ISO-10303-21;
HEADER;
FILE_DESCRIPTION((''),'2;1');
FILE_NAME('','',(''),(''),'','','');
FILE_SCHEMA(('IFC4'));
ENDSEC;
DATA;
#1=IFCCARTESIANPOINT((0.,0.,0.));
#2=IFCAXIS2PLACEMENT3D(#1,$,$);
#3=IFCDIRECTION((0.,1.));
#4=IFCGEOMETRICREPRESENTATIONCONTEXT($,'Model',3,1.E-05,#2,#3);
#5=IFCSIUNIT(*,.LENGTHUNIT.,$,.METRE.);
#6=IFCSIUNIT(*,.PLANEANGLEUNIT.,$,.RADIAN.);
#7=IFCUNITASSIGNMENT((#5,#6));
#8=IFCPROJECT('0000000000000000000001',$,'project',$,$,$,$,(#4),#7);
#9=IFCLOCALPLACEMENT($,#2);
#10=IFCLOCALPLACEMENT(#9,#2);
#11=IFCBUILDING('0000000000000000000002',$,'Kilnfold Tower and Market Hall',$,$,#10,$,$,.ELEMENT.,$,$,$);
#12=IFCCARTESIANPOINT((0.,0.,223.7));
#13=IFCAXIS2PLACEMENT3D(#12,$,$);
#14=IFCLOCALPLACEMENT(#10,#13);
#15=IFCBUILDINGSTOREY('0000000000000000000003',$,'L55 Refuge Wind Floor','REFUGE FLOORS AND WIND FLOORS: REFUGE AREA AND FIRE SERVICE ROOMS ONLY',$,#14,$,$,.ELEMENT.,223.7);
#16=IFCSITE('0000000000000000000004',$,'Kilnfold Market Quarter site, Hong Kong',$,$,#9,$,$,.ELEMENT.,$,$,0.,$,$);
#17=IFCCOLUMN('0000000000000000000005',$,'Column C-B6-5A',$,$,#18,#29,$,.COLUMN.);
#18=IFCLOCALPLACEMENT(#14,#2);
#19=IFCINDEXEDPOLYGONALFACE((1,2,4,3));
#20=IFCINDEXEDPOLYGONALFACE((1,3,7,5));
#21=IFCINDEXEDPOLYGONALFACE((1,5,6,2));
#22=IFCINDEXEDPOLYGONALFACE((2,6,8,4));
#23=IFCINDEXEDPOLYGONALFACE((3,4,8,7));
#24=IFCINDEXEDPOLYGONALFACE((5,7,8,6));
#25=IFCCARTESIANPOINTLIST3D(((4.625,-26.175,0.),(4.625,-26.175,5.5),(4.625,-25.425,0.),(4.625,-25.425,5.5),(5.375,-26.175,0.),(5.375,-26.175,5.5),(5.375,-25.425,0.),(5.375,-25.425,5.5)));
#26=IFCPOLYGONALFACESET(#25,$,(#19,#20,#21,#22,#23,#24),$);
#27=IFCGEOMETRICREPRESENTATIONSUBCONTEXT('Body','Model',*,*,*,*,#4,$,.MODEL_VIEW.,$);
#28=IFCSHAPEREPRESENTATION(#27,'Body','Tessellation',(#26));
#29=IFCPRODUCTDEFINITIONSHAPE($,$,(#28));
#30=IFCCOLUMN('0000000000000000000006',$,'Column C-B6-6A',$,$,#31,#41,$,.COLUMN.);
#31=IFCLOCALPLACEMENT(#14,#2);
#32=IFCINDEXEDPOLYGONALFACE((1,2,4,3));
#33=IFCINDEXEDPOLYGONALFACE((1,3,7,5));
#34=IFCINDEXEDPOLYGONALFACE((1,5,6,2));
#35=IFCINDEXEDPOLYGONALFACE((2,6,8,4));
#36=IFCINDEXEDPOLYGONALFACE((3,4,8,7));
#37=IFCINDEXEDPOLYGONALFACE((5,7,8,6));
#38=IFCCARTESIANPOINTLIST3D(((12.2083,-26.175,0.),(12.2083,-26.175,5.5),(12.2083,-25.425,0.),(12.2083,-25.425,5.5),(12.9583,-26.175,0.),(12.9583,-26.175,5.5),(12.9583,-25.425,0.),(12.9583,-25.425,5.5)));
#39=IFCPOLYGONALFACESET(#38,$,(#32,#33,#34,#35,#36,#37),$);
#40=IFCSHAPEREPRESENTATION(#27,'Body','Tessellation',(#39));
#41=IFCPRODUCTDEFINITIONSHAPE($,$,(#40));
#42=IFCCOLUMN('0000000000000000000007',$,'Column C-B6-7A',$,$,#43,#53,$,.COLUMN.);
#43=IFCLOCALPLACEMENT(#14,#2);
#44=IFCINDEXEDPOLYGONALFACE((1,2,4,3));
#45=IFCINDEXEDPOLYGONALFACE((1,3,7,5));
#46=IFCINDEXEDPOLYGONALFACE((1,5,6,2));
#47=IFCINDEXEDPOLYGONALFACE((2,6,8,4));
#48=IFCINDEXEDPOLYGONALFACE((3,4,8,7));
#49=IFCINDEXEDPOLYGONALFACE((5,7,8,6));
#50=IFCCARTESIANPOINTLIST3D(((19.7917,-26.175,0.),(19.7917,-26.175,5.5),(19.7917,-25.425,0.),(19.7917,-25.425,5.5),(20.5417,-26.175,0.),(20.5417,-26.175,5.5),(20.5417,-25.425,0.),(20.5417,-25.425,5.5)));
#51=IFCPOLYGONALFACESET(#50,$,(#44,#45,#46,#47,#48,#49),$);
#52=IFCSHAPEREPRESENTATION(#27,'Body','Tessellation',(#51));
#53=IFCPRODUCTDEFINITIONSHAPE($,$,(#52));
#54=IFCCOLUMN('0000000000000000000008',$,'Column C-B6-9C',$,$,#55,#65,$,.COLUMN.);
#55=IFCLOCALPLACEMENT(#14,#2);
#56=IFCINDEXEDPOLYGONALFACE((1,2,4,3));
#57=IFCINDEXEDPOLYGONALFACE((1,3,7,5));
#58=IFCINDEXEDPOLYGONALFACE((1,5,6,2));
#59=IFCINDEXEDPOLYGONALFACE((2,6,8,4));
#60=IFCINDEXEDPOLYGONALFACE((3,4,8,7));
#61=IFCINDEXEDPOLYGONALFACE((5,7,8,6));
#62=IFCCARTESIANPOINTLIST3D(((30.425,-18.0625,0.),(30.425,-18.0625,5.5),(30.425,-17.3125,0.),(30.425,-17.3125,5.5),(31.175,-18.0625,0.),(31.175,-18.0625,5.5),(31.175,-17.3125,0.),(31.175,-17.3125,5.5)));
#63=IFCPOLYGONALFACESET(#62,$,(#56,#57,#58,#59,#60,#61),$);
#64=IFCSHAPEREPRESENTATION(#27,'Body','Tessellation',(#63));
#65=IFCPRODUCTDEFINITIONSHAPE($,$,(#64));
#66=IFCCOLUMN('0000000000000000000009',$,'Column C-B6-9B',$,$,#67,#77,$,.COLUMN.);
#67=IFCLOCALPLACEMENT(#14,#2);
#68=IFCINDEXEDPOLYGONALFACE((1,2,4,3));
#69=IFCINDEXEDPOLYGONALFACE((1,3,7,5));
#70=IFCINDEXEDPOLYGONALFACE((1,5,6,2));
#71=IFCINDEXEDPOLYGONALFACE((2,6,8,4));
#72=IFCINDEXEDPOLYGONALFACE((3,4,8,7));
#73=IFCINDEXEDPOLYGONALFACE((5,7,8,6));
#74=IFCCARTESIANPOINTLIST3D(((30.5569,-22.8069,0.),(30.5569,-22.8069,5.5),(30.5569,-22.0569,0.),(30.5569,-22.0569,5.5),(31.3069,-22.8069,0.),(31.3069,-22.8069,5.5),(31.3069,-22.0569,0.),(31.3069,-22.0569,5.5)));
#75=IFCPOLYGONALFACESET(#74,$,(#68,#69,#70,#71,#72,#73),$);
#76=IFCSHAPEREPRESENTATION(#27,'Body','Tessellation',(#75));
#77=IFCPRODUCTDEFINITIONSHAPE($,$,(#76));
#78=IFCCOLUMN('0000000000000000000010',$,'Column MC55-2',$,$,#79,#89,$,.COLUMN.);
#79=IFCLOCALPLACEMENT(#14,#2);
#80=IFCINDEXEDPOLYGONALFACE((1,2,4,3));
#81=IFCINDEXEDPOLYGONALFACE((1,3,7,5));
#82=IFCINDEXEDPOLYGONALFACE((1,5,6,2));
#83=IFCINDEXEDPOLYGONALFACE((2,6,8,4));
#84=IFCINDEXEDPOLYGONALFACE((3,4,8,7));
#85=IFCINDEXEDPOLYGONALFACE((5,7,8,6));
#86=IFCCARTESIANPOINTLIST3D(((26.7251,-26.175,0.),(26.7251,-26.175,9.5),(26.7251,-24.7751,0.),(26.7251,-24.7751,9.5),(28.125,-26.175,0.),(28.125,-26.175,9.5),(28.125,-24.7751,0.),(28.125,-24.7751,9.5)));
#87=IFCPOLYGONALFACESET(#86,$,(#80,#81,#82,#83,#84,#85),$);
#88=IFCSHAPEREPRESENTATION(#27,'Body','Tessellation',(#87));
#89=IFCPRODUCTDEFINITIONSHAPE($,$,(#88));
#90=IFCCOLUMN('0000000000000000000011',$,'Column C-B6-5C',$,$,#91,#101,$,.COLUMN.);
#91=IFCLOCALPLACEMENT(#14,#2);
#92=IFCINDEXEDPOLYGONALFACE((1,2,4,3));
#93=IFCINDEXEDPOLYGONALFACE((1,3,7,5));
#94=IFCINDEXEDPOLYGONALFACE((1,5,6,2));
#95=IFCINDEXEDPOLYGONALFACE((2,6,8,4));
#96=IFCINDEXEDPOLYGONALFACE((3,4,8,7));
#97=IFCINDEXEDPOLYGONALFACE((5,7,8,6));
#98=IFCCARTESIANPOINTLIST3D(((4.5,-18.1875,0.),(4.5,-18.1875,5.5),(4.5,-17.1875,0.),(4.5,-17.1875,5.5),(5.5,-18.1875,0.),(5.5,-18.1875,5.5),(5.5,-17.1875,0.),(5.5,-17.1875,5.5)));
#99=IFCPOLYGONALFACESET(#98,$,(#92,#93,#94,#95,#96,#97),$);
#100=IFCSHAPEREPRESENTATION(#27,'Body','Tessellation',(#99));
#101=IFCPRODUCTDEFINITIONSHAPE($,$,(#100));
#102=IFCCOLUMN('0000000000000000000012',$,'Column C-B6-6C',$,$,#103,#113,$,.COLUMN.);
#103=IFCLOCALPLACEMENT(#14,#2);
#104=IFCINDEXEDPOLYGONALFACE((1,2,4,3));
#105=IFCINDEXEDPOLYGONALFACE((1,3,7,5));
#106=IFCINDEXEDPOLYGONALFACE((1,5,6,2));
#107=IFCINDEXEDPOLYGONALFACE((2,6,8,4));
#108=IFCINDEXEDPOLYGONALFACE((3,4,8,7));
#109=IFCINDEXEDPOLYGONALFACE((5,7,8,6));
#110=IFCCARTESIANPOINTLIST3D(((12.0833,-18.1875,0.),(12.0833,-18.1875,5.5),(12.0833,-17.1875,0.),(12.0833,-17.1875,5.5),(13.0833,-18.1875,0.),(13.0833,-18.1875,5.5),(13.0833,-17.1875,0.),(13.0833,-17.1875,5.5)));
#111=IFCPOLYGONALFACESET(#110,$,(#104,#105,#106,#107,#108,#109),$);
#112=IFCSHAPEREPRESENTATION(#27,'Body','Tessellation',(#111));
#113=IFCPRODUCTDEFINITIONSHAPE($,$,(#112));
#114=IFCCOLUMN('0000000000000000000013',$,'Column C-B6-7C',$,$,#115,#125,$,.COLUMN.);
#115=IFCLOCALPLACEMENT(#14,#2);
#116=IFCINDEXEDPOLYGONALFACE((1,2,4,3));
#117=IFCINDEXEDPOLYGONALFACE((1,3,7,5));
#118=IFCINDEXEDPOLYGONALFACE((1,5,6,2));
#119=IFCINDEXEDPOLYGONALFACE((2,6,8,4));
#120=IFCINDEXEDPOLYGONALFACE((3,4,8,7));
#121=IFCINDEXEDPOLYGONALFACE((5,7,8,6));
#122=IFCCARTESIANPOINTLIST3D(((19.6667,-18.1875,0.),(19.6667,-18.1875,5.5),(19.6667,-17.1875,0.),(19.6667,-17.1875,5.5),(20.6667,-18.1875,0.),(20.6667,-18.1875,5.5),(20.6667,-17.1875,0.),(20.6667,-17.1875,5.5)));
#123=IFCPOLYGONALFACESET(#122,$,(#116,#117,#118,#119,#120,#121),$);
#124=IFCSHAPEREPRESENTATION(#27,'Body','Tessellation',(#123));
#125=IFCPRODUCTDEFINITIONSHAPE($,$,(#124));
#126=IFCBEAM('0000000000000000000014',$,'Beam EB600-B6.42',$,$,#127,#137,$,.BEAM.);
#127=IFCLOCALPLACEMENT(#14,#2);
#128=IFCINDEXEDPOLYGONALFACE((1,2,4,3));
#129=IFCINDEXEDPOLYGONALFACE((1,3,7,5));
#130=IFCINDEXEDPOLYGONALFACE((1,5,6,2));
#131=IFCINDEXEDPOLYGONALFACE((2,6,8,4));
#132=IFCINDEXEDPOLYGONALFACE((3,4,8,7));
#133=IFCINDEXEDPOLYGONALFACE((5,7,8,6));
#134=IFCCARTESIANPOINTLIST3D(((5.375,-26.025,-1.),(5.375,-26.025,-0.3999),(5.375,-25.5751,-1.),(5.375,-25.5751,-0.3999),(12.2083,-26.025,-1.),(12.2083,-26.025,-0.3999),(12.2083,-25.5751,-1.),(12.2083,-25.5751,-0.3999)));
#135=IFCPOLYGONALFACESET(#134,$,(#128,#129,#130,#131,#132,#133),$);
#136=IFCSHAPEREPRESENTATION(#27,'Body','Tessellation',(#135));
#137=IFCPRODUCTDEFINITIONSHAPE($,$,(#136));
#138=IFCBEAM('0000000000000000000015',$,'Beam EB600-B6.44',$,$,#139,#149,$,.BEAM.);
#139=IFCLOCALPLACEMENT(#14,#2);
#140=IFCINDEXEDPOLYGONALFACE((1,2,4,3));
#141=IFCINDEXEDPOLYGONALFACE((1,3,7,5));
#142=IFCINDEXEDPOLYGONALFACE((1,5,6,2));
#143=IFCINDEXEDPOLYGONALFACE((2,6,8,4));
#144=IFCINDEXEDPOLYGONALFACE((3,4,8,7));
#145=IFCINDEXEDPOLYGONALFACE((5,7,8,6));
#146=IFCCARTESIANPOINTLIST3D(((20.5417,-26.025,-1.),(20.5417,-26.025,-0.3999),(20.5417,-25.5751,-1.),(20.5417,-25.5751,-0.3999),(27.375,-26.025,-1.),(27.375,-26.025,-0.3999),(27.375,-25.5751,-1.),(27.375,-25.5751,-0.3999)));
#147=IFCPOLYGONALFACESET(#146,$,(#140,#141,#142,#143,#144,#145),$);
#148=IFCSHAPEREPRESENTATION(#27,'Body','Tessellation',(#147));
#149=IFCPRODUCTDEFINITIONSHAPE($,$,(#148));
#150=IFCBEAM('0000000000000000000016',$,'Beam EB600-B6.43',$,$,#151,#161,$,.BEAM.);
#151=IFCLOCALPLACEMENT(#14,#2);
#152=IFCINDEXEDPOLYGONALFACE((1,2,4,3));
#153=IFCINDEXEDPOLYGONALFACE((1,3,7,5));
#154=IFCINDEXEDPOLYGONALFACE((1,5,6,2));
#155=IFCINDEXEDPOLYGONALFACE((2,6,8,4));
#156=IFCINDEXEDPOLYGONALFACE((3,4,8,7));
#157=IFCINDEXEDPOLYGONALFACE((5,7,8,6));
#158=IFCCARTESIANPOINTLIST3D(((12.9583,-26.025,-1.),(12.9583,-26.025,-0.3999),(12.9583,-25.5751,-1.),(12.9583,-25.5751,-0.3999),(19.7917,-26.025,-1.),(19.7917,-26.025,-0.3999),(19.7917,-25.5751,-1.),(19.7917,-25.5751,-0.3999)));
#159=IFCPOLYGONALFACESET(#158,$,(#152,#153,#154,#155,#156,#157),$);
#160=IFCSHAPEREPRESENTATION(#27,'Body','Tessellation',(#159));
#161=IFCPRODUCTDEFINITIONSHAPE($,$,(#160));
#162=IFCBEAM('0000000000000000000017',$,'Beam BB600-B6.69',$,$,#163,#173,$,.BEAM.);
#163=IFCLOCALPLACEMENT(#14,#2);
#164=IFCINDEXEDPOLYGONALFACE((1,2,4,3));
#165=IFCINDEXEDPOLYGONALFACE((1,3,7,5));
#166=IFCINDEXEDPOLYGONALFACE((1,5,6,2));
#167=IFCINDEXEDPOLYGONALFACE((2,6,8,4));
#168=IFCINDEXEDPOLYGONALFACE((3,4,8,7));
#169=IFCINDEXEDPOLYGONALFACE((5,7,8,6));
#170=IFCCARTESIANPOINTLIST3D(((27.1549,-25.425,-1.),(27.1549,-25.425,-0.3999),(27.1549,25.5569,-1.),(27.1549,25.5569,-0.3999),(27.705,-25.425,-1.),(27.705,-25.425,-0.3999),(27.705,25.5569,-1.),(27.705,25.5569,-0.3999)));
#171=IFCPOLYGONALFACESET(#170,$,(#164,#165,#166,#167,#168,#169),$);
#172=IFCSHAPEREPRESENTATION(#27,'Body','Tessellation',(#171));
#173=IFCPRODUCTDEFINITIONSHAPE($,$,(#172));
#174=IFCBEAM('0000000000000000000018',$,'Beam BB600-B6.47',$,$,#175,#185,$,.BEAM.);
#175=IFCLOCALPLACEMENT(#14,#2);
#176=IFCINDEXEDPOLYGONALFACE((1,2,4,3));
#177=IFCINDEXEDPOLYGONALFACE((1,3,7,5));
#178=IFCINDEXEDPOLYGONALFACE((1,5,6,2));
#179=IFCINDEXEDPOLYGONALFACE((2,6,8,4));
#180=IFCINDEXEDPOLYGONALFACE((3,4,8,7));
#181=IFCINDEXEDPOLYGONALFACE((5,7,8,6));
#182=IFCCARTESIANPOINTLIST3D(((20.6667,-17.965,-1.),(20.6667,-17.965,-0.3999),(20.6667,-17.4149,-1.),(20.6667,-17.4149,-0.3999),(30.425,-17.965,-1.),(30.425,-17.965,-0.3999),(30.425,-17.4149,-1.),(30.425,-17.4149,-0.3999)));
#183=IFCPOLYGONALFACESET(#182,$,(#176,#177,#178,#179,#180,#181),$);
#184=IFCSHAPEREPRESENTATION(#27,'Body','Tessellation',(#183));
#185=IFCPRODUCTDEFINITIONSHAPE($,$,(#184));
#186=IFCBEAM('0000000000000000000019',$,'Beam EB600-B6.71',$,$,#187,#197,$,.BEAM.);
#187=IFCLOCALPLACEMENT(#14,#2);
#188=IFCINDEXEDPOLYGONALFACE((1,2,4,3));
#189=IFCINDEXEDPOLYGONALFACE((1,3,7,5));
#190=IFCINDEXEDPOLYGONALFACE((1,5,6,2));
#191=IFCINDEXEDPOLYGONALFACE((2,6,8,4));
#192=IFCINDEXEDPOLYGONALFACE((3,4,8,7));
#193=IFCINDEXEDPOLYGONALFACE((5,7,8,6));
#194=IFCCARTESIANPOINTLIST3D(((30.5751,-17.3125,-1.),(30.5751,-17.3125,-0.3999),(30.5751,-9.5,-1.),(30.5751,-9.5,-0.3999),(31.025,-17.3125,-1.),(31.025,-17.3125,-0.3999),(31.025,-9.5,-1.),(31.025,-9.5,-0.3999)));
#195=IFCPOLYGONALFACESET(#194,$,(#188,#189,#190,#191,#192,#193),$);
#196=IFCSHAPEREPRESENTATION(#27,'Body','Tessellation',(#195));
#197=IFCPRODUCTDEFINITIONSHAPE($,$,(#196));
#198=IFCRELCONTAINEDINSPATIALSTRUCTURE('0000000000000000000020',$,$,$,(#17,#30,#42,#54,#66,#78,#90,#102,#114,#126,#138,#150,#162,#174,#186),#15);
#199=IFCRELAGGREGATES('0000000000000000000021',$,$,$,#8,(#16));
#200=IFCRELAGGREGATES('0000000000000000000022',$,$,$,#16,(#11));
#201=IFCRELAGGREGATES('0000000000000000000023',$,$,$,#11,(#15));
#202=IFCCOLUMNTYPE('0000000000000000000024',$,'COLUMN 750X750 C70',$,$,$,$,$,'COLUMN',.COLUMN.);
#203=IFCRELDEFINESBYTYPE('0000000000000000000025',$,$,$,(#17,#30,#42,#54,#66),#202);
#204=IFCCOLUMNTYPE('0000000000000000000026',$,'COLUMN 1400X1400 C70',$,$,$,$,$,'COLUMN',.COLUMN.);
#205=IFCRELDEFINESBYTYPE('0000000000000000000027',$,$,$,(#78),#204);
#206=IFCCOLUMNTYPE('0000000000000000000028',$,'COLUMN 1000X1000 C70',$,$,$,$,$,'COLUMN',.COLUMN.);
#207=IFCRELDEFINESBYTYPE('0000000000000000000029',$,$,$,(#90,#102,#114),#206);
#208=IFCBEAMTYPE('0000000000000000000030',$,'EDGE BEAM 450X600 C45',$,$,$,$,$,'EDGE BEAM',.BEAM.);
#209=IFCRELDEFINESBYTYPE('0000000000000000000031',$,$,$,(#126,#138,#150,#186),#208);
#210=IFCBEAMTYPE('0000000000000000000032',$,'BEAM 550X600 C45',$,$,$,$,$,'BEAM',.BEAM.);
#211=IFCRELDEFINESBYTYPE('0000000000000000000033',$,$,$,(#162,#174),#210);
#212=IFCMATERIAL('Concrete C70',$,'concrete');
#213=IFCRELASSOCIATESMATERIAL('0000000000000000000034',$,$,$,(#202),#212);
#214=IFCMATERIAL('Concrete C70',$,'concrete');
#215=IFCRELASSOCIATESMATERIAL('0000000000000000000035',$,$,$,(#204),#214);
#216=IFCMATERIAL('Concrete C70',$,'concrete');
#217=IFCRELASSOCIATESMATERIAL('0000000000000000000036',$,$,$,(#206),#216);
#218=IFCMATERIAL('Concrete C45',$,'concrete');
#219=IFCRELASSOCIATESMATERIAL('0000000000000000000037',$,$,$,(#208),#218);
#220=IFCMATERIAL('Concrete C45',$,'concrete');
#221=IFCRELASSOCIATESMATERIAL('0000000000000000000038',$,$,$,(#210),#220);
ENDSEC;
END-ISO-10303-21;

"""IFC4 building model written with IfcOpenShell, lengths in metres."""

from ifc_helpers import new_model, si_unit, direction, frame, origin, origin_2d, place, context, subcontext, project, spatial, rectangle, extrude, source, transform, mapped, material, material_profile, profile_set, type_object, element, save


model = new_model("IFC4")

# Units and contexts
model_context = context("Model", 3, precision=1e-05, world=origin(), true_north=direction((0.0, 1.0)))
body_context = subcontext(model_context, "Body", "Model", "MODEL_VIEW")
ifc_project = project(units=[si_unit("LENGTHUNIT", "METRE"), si_unit("PLANEANGLEUNIT", "RADIAN")], contexts=[model_context])

# Site, building, storey
site_placement = place(None, origin())
site = spatial("IfcSite", under=ifc_project, at=site_placement, Name="Kilnfold Market Quarter site, Hong Kong", CompositionType="ELEMENT", RefElevation=0.0)
building_placement = place(site_placement, origin())
building = spatial("IfcBuilding", under=site, at=building_placement, Name="Kilnfold Tower and Market Hall", CompositionType="ELEMENT")
storey_placement = place(building_placement, frame((0.0, 0.0, 223.7)))
storey = spatial("IfcBuildingStorey", under=building, at=storey_placement, Name="L55 Refuge Wind Floor", Description="REFUGE FLOORS AND WIND FLOORS: REFUGE AREA AND FIRE SERVICE ROOMS ONLY", CompositionType="ELEMENT", Elevation=223.7)

# Columns
ifc_material_1 = material(Name="Concrete C70", Category="concrete")
ifc_material_profile_1 = material_profile(ifc_material_1, rectangle(XDim=0.75, YDim=0.75, at=origin_2d()), Name="RC 750x750")
ifc_profile_set_1 = profile_set([ifc_material_profile_1], Name="Concrete C70")
column_type_1 = type_object("IfcColumnType", Name="COLUMN 750X750 C70", ElementType="COLUMN", PredefinedType="COLUMN", material=ifc_profile_set_1)
shared_shape_1 = source(origin(), body_context, "Body", "SweptSolid", [
    extrude(rectangle(XDim=0.75, YDim=0.75, at=origin_2d()), origin(), (0.0, 0.0, 1.0), 5.5),
])
for number, where, z_axis, x_axis, name in (
    (1, (5.0, -25.8, 0.0), (0.0, 0.0, 1.0), (1.0, 0.0, 0.0), "Column C-B6-5A"),
    (2, (12.5833, -25.8, 0.0), (0.0, 0.0, 1.0), (1.0, 0.0, 0.0), "Column C-B6-6A"),
    (3, (20.1667, -25.8, 0.0), (0.0, 0.0, 1.0), (1.0, 0.0, 0.0), "Column C-B6-7A"),
    (4, (30.8, -17.6875, 0.0), (0.0, 0.0, 1.0), (1.0, 0.0, 0.0), "Column C-B6-9C"),
    (5, (30.9319, -22.4319, 0.0), (0.0, 0.0, 1.0), (1.0, 0.0, 0.0), "Column C-B6-9B"),
):
    element("IfcColumn", number, at=place(storey_placement, frame(where, z_axis=z_axis, x_axis=x_axis)), inside=storey, type_object=column_type_1, Name=name, PredefinedType="COLUMN", context=body_context, shape_type="MappedRepresentation", body=[
        mapped(shared_shape_1, transform((0.0, 0.0, 0.0))),
    ])
ifc_material_2 = material(Name="Concrete C70", Category="concrete")
ifc_material_profile_2 = material_profile(ifc_material_2, rectangle(XDim=1.3999, YDim=1.3999, at=origin_2d()), Name="RC 1400x1400")
ifc_profile_set_2 = profile_set([ifc_material_profile_2], Name="Concrete C70")
column_type_2 = type_object("IfcColumnType", Name="COLUMN 1400X1400 C70", ElementType="COLUMN", PredefinedType="COLUMN", material=ifc_profile_set_2)
shared_shape_2 = source(origin(), body_context, "Body", "SweptSolid", [
    extrude(rectangle(XDim=1.3999, YDim=1.3999, at=origin_2d()), origin(), (0.0, 0.0, 1.0), 9.5),
])
column_placement = place(storey_placement, frame((27.425, -25.4751, 0.0), z_axis=(0.0, 0.0, 1.0), x_axis=(1.0, 0.0, 0.0)))
element("IfcColumn", 6, at=column_placement, inside=storey, type_object=column_type_2, Name="Column MC55-2", PredefinedType="COLUMN", context=body_context, shape_type="MappedRepresentation", body=[
    mapped(shared_shape_2, transform((0.0, 0.0, 0.0))),
])
ifc_material_3 = material(Name="Concrete C70", Category="concrete")
ifc_material_profile_3 = material_profile(ifc_material_3, rectangle(XDim=1.0, YDim=1.0, at=origin_2d()), Name="RC 1000x1000")
ifc_profile_set_3 = profile_set([ifc_material_profile_3], Name="Concrete C70")
column_type_3 = type_object("IfcColumnType", Name="COLUMN 1000X1000 C70", ElementType="COLUMN", PredefinedType="COLUMN", material=ifc_profile_set_3)
shared_shape_3 = source(origin(), body_context, "Body", "SweptSolid", [
    extrude(rectangle(XDim=1.0, YDim=1.0, at=origin_2d()), origin(), (0.0, 0.0, 1.0), 5.5),
])
for number, where, z_axis, x_axis, name in (
    (7, (5.0, -17.6875, 0.0), (0.0, 0.0, 1.0), (1.0, 0.0, 0.0), "Column C-B6-5C"),
    (8, (12.5833, -17.6875, 0.0), (0.0, 0.0, 1.0), (1.0, 0.0, 0.0), "Column C-B6-6C"),
    (9, (20.1667, -17.6875, 0.0), (0.0, 0.0, 1.0), (1.0, 0.0, 0.0), "Column C-B6-7C"),
):
    element("IfcColumn", number, at=place(storey_placement, frame(where, z_axis=z_axis, x_axis=x_axis)), inside=storey, type_object=column_type_3, Name=name, PredefinedType="COLUMN", context=body_context, shape_type="MappedRepresentation", body=[
        mapped(shared_shape_3, transform((0.0, 0.0, 0.0))),
    ])

# Beams
ifc_material_4 = material(Name="Concrete C45", Category="concrete")
ifc_material_profile_4 = material_profile(ifc_material_4, rectangle(XDim=0.45, YDim=0.6001, at=origin_2d()), Name="RC 450x600")
ifc_profile_set_4 = profile_set([ifc_material_profile_4], Name="Concrete C45")
beam_type_1 = type_object("IfcBeamType", Name="EDGE BEAM 450X600 C45", ElementType="EDGE BEAM", PredefinedType="BEAM", material=ifc_profile_set_4)
shared_shape_4 = source(origin(), body_context, "Body", "SweptSolid", [
    extrude(rectangle(XDim=0.45, YDim=0.6001, at=origin_2d()), origin(), (0.0, 0.0, 1.0), 6.8333),
])
for number, where, z_axis, x_axis, name in (
    (10, (5.375, -25.8, -0.7), (1.0, 0.0, 0.0), (0.0, 1.0, 0.0), "Beam EB600-B6.42"),
    (11, (20.5417, -25.8, -0.7), (1.0, 0.0, 0.0), (0.0, 1.0, 0.0), "Beam EB600-B6.44"),
):
    element("IfcBeam", number, at=place(storey_placement, frame(where, z_axis=z_axis, x_axis=x_axis)), inside=storey, type_object=beam_type_1, Name=name, PredefinedType="BEAM", context=body_context, shape_type="MappedRepresentation", body=[
        mapped(shared_shape_4, transform((0.0, 0.0, 0.0))),
    ])
shared_shape_5 = source(origin(), body_context, "Body", "SweptSolid", [
    extrude(rectangle(XDim=0.45, YDim=0.6001, at=origin_2d()), origin(), (0.0, 0.0, 1.0), 6.8335),
])
beam_1_placement = place(storey_placement, frame((12.9583, -25.8, -0.7), z_axis=(1.0, 0.0, 0.0), x_axis=(0.0, 1.0, 0.0)))
element("IfcBeam", 12, at=beam_1_placement, inside=storey, type_object=beam_type_1, Name="Beam EB600-B6.43", PredefinedType="BEAM", context=body_context, shape_type="MappedRepresentation", body=[
    mapped(shared_shape_5, transform((0.0, 0.0, 0.0))),
])
ifc_material_5 = material(Name="Concrete C45", Category="concrete")
ifc_material_profile_5 = material_profile(ifc_material_5, rectangle(XDim=0.55, YDim=0.6001, at=origin_2d()), Name="RC 550x600")
ifc_profile_set_5 = profile_set([ifc_material_profile_5], Name="Concrete C45")
beam_type_2 = type_object("IfcBeamType", Name="BEAM 550X600 C45", ElementType="BEAM", PredefinedType="BEAM", material=ifc_profile_set_5)
shared_shape_6 = source(origin(), body_context, "Body", "SweptSolid", [
    extrude(rectangle(XDim=0.55, YDim=0.6001, at=origin_2d()), origin(), (0.0, 0.0, 1.0), 50.9819),
])
beam_2_placement = place(storey_placement, frame((27.4299, -25.425, -0.7), z_axis=(0.0, 1.0, 0.0), x_axis=(-1.0, 0.0, 0.0)))
element("IfcBeam", 13, at=beam_2_placement, inside=storey, type_object=beam_type_2, Name="Beam BB600-B6.69", PredefinedType="BEAM", context=body_context, shape_type="MappedRepresentation", body=[
    mapped(shared_shape_6, transform((0.0, 0.0, 0.0))),
])
shared_shape_7 = source(origin(), body_context, "Body", "SweptSolid", [
    extrude(rectangle(XDim=0.55, YDim=0.6001, at=origin_2d()), origin(), (0.0, 0.0, 1.0), 9.7583),
])
beam_3_placement = place(storey_placement, frame((20.6667, -17.6899, -0.7), z_axis=(1.0, 0.0, 0.0), x_axis=(0.0, 1.0, 0.0)))
element("IfcBeam", 14, at=beam_3_placement, inside=storey, type_object=beam_type_2, Name="Beam BB600-B6.47", PredefinedType="BEAM", context=body_context, shape_type="MappedRepresentation", body=[
    mapped(shared_shape_7, transform((0.0, 0.0, 0.0))),
])
shared_shape_8 = source(origin(), body_context, "Body", "SweptSolid", [
    extrude(rectangle(XDim=0.45, YDim=0.6001, at=origin_2d()), origin(), (0.0, 0.0, 1.0), 7.8125),
])
beam_4_placement = place(storey_placement, frame((30.8, -17.3125, -0.7), z_axis=(0.0, 1.0, 0.0), x_axis=(-1.0, 0.0, 0.0)))
element("IfcBeam", 15, at=beam_4_placement, inside=storey, type_object=beam_type_1, Name="Beam EB600-B6.71", PredefinedType="BEAM", context=body_context, shape_type="MappedRepresentation", body=[
    mapped(shared_shape_8, transform((0.0, 0.0, 0.0))),
])

save(model, "model.ifc")
